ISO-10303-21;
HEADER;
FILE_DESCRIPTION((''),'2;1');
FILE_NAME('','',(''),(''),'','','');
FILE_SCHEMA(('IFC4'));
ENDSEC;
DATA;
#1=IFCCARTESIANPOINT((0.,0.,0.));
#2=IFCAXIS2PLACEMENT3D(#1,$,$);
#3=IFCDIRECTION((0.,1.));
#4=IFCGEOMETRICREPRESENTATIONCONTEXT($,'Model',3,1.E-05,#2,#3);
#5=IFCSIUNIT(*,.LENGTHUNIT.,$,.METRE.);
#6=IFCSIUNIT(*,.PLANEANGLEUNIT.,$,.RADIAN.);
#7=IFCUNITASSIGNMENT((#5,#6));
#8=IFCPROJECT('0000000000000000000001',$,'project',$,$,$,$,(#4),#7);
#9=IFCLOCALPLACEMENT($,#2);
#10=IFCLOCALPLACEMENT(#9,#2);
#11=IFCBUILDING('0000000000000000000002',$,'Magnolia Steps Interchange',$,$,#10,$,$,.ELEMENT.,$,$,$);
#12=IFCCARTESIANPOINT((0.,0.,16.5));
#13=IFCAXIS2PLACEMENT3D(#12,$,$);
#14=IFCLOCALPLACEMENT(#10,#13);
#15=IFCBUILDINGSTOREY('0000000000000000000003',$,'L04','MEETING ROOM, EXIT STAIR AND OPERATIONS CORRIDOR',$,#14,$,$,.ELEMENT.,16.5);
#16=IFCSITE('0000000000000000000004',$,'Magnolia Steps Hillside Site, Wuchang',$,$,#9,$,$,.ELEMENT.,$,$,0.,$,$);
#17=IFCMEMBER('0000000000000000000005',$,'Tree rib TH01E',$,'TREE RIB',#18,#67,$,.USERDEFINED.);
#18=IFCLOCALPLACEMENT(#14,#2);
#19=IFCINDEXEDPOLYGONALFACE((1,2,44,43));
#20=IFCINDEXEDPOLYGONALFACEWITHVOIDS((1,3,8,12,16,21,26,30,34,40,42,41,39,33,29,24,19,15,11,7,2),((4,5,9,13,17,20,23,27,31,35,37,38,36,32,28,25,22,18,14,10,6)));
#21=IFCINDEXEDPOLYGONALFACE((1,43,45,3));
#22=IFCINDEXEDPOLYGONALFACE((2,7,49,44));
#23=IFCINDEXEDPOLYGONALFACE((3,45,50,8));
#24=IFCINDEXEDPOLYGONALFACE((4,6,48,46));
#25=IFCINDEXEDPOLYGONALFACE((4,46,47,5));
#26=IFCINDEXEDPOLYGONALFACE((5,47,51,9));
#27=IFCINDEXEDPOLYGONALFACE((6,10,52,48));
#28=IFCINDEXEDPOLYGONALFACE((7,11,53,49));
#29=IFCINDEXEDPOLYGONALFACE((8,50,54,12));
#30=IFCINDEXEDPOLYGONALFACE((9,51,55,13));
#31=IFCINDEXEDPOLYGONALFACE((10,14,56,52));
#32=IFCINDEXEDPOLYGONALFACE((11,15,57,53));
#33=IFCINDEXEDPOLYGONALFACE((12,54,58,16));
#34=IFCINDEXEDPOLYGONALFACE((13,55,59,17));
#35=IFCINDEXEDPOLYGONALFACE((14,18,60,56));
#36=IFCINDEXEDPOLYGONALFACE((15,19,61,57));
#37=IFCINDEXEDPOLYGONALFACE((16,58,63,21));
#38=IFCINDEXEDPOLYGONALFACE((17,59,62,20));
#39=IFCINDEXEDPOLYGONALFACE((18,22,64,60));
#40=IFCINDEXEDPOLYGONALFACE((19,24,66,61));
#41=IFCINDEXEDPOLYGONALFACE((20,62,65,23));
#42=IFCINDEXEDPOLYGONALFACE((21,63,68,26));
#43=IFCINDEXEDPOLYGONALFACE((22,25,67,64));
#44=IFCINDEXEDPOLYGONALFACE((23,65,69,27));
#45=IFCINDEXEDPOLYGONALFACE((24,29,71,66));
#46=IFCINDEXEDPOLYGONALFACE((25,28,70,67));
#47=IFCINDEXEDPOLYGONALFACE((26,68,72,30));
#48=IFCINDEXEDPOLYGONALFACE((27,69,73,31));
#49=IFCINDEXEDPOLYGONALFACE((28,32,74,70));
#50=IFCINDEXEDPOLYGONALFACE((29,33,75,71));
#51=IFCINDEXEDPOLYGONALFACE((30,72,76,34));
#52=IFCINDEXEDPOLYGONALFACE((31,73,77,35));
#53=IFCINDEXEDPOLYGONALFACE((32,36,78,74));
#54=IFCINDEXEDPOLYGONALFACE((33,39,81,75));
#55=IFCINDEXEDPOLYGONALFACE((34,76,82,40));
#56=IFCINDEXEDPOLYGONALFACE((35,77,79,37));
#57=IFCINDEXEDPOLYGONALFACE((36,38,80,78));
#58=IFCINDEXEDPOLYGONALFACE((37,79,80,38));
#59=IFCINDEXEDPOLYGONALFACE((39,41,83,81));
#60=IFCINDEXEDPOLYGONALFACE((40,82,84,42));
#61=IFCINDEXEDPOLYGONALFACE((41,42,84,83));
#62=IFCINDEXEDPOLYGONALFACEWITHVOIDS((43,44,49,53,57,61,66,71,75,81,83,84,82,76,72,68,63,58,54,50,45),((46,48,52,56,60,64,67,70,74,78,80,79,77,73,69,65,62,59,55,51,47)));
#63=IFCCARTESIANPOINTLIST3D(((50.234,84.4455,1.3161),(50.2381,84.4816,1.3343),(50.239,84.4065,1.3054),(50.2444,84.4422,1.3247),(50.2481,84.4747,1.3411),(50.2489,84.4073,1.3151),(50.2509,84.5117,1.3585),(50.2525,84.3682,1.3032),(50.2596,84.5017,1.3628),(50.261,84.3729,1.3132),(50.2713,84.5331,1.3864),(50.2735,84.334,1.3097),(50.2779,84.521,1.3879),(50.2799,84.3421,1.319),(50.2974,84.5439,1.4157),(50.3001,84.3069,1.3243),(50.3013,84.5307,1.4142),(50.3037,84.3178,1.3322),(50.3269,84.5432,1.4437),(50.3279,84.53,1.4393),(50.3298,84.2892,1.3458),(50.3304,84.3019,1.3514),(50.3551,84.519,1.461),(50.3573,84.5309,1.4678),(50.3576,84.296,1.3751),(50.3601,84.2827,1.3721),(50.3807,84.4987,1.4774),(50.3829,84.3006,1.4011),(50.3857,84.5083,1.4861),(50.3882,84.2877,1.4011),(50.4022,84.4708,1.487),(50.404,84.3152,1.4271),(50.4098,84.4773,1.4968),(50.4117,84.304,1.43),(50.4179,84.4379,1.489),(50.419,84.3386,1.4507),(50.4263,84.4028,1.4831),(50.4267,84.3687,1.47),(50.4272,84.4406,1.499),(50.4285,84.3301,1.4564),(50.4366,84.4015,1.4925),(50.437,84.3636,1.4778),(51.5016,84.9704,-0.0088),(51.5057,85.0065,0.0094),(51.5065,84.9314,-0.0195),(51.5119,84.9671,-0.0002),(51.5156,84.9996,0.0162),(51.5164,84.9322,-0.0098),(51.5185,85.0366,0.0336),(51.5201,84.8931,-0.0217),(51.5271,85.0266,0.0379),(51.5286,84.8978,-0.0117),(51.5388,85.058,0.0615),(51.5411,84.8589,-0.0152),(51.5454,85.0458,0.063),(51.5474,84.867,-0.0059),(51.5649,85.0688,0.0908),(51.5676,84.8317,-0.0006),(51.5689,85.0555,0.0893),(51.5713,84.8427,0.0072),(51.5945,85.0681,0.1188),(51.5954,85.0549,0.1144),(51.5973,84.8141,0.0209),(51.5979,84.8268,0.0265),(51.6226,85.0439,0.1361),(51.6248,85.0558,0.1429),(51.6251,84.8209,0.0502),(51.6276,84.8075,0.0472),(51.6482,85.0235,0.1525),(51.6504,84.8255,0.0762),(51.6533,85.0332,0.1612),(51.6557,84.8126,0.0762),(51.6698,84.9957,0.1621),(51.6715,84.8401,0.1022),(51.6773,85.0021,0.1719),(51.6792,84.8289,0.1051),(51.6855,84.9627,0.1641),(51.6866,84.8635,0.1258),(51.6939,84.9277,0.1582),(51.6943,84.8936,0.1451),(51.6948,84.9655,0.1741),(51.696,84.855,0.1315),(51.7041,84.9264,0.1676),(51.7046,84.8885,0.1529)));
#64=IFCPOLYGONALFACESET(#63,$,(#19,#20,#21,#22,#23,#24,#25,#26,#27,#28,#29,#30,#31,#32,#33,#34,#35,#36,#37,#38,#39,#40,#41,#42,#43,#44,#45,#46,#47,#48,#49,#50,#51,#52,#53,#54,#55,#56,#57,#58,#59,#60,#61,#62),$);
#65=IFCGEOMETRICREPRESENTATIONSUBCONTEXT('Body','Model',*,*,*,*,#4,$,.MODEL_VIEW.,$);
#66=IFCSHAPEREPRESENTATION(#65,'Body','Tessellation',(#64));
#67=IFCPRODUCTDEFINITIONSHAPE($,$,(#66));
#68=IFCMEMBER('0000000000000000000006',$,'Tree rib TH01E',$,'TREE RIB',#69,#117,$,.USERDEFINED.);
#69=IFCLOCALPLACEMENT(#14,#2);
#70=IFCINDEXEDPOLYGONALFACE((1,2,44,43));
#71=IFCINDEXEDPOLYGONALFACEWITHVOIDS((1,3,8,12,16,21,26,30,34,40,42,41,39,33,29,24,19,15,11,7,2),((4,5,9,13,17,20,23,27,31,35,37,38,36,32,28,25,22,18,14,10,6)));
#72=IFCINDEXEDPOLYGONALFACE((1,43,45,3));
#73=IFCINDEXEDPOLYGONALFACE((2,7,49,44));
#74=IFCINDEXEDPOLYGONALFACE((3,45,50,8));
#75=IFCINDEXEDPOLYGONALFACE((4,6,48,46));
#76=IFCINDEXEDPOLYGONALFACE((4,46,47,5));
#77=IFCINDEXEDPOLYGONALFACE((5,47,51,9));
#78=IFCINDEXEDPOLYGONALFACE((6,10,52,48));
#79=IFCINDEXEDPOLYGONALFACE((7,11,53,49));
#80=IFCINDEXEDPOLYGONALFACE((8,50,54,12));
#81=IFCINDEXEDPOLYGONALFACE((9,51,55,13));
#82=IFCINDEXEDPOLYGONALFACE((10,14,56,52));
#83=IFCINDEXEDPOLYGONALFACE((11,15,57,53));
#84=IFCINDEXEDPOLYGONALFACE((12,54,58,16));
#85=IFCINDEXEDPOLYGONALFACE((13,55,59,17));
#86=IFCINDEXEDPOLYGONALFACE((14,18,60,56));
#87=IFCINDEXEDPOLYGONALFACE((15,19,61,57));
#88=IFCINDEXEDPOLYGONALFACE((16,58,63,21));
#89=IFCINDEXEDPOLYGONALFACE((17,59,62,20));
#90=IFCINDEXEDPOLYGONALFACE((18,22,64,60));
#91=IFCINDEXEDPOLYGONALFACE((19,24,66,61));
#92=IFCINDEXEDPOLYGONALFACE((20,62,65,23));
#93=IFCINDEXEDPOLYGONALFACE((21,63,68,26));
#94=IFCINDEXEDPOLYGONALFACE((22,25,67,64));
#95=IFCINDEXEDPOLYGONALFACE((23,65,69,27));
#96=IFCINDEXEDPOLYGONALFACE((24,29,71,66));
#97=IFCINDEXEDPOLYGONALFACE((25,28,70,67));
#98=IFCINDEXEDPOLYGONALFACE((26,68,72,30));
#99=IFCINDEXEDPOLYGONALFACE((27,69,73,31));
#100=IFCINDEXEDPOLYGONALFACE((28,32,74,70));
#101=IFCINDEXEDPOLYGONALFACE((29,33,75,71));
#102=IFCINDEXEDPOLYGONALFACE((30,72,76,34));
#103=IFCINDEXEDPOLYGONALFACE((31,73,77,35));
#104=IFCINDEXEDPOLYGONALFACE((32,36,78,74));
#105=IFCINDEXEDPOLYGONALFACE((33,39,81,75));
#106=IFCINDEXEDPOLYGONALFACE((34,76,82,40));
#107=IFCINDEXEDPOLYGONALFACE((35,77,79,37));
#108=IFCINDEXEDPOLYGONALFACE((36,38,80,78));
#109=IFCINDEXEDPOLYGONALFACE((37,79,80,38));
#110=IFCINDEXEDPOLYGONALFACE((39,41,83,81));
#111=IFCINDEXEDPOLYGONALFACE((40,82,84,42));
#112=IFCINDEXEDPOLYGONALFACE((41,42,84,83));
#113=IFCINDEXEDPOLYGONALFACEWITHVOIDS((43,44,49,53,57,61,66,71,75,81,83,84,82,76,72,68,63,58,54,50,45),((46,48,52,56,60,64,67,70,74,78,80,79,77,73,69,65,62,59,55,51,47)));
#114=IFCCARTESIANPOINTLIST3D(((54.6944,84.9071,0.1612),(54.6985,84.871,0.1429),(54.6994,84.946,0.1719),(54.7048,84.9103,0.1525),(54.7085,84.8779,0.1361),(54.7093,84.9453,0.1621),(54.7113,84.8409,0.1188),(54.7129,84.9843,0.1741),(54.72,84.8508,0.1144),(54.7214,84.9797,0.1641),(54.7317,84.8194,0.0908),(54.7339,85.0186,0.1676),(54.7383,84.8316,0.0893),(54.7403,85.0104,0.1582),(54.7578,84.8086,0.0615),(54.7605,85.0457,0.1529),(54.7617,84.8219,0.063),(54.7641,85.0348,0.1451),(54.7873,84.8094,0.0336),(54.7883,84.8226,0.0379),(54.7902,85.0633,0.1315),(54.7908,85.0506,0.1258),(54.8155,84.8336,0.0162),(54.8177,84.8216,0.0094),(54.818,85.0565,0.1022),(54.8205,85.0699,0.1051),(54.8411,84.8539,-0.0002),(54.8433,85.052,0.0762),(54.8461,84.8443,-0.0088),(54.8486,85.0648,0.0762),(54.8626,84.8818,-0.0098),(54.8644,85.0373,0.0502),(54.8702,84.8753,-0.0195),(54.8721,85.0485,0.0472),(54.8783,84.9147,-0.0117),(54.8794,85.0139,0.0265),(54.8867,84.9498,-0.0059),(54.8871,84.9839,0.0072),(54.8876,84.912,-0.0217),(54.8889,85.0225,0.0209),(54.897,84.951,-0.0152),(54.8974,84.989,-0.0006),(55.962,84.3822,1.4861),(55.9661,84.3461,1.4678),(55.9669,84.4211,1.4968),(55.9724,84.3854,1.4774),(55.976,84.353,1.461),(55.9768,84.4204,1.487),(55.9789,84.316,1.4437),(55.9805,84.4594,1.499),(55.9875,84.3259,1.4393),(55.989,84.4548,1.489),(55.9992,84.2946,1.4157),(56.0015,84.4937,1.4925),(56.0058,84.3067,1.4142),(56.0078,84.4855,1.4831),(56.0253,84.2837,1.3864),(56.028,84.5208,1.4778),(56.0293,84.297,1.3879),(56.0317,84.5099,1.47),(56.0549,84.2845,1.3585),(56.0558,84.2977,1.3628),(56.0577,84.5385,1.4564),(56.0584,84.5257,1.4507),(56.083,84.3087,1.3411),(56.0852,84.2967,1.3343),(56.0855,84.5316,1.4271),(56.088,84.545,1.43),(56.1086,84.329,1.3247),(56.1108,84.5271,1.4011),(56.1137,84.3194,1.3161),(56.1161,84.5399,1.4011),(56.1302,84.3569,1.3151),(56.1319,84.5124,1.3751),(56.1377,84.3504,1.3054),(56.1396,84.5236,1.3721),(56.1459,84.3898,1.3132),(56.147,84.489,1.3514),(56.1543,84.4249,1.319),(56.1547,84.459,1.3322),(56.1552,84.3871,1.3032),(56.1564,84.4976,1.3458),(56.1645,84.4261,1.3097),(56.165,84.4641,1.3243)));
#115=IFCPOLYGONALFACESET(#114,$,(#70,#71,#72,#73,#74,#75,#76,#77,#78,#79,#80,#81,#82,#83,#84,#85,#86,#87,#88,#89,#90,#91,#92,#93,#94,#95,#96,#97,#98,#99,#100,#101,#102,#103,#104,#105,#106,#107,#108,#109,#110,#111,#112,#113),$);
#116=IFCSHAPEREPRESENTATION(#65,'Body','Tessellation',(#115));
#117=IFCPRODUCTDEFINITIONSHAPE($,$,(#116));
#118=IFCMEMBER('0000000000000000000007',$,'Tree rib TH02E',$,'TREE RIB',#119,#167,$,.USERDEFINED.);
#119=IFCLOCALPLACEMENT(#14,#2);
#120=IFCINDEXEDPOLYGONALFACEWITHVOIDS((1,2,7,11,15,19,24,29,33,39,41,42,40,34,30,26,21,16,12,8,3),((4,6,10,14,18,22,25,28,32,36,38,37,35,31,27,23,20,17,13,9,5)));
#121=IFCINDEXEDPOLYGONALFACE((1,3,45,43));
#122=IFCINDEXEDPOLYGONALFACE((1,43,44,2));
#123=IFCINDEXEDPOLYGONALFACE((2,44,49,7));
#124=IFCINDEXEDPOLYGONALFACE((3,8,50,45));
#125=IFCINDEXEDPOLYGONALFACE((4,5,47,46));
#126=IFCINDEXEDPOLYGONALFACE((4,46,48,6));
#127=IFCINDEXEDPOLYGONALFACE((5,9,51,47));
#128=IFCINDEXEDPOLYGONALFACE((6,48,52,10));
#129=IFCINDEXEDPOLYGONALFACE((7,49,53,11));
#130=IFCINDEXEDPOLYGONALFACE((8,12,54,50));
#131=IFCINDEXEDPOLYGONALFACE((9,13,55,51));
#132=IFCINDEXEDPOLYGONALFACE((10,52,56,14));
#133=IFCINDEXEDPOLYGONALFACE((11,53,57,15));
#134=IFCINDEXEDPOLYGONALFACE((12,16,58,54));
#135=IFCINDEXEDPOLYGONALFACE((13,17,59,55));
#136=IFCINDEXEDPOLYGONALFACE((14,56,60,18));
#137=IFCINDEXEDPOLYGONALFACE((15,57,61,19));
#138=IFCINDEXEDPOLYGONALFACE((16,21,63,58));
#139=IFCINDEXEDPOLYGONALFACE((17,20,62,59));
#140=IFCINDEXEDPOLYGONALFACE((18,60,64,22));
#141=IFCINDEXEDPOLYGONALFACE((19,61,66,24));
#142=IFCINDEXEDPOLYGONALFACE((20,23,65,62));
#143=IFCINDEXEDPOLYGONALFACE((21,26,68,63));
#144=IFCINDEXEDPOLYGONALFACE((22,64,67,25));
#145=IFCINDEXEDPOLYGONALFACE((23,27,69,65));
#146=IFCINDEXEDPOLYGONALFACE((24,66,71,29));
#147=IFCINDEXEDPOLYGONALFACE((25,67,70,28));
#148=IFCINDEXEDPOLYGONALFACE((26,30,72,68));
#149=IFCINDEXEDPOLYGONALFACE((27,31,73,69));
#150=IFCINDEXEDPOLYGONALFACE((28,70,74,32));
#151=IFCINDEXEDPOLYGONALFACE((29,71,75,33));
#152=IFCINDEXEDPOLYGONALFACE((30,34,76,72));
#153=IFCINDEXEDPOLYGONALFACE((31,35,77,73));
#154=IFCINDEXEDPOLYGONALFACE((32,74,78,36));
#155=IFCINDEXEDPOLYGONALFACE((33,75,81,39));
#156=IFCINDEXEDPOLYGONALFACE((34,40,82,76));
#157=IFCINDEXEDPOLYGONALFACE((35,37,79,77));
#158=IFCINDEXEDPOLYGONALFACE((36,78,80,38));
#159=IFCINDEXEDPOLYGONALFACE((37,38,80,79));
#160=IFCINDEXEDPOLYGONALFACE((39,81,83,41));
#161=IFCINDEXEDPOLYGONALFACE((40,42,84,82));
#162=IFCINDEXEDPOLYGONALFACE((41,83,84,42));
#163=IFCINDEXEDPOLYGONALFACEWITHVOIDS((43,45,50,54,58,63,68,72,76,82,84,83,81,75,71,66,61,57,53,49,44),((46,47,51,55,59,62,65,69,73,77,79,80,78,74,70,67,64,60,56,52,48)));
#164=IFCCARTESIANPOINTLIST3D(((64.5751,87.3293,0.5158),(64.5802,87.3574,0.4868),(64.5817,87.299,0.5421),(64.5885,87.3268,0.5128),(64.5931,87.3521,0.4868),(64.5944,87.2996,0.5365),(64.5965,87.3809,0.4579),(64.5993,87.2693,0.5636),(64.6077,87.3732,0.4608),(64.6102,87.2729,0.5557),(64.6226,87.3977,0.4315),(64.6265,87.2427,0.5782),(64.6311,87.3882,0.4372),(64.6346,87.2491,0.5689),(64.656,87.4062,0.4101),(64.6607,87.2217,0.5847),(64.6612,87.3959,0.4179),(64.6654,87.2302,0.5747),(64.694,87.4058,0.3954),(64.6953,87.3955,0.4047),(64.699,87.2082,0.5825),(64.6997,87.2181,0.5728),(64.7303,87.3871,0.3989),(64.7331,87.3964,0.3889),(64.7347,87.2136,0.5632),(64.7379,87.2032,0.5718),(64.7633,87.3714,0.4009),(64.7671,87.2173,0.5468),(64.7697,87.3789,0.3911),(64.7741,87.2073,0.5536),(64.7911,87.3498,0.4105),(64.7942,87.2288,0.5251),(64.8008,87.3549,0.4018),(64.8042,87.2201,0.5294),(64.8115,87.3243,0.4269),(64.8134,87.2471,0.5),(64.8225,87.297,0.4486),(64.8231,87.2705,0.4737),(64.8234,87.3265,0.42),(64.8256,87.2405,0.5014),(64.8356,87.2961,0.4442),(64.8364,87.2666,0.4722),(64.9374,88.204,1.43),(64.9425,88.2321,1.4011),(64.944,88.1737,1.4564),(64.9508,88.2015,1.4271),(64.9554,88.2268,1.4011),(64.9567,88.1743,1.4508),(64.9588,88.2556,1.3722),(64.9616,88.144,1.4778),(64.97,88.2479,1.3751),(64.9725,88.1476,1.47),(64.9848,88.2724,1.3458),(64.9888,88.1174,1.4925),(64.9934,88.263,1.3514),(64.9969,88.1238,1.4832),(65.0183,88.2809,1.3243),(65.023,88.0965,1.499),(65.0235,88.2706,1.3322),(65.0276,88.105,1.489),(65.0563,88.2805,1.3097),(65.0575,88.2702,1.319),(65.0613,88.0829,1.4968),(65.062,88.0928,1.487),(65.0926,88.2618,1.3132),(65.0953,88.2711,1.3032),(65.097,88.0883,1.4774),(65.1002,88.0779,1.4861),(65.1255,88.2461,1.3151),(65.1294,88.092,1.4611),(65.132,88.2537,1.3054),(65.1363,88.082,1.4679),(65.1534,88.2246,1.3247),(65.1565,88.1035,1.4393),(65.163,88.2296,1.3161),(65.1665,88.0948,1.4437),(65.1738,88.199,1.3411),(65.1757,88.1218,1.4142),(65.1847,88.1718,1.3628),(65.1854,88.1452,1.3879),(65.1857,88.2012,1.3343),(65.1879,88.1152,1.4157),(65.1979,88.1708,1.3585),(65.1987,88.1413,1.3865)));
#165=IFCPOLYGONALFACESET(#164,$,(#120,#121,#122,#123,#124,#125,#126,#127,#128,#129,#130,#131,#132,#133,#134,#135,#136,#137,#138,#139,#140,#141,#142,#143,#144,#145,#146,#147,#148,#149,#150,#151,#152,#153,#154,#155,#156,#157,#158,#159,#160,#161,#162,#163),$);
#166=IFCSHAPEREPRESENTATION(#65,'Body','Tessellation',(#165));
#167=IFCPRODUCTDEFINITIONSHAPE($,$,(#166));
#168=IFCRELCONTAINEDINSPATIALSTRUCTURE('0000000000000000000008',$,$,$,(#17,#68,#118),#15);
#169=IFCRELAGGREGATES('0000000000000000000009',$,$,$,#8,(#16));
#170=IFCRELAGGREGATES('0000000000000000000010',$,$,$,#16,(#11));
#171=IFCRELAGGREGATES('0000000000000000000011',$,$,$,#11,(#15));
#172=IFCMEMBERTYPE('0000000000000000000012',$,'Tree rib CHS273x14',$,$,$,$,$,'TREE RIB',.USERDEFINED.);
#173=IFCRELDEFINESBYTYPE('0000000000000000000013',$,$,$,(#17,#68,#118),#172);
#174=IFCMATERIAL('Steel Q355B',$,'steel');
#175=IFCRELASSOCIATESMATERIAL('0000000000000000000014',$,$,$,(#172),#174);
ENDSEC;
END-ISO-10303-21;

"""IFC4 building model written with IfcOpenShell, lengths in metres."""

from ifc_helpers import new_model, si_unit, direction, frame, origin, origin_2d, place, context, subcontext, project, spatial, hollow_circle, extrude, material, material_profile, profile_set, type_object, element, save


model = new_model("IFC4")

# Units and contexts
model_context = context("Model", 3, precision=1e-05, world=origin(), true_north=direction((0.0, 1.0)))
body_context = subcontext(model_context, "Body", "Model", "MODEL_VIEW")
ifc_project = project(units=[si_unit("LENGTHUNIT", "METRE"), si_unit("PLANEANGLEUNIT", "RADIAN")], contexts=[model_context])

# Site, building, storey
site_placement = place(None, origin())
site = spatial("IfcSite", under=ifc_project, at=site_placement, Name="Magnolia Steps Hillside Site, Wuchang", CompositionType="ELEMENT", RefElevation=0.0)
building_placement = place(site_placement, origin())
building = spatial("IfcBuilding", under=site, at=building_placement, Name="Magnolia Steps Interchange", CompositionType="ELEMENT")
storey_placement = place(building_placement, frame((0.0, 0.0, 16.5)))
storey = spatial("IfcBuildingStorey", under=building, at=storey_placement, Name="L04", Description="MEETING ROOM, EXIT STAIR AND OPERATIONS CORRIDOR", CompositionType="ELEMENT", Elevation=16.5)

# Members
ifc_material_1 = material(Name="Steel Q355B", Category="steel")
ifc_material_profile_1 = material_profile(ifc_material_1, hollow_circle(Radius=0.1365, WallThickness=0.0139, at=origin_2d()), Name="CHS273x14")
ifc_profile_set_1 = profile_set([ifc_material_profile_1], Name="Steel Q355B")
member_type_1 = type_object("IfcMemberType", Name="Tree rib CHS273x14", ElementType="TREE RIB", PredefinedType="USERDEFINED", material=ifc_profile_set_1)
for number, where, z_axis, x_axis, name in (
    (1, (51.6035, 84.9387, 0.0762), (-0.664595, -0.275208, 0.694676), (0.382593, -0.923917, 0.0), "Tree rib TH01E"),
    (2, (54.7964, 84.9387, 0.0762), (0.664595, -0.275208, 0.694676), (0.382593, 0.923917, 0.0), "Tree rib TH01E"),
):
    element("IfcMember", number, at=place(storey_placement, frame(where, z_axis=z_axis, x_axis=x_axis)), inside=storey, type_object=member_type_1, Name=name, ObjectType="TREE RIB", PredefinedType="USERDEFINED", context=body_context, shape_type="SweptSolid", body=[
        extrude(hollow_circle(Radius=0.1365, WallThickness=0.0139, at=origin_2d()), origin(), (0.0, 0.0, 1.0), 1.9072),
    ])
for number, where, z_axis, x_axis, name in (
    (3, (64.7063, 87.3052, 0.4868), (0.275263, 0.6646, 0.694649), (-0.923891, 0.382655, 0.0), "Tree rib TH02E"),
):
    element("IfcMember", number, at=place(storey_placement, frame(where, z_axis=z_axis, x_axis=x_axis)), inside=storey, type_object=member_type_1, Name=name, ObjectType="TREE RIB", PredefinedType="USERDEFINED", context=body_context, shape_type="SweptSolid", body=[
        extrude(hollow_circle(Radius=0.1365, WallThickness=0.0139, at=origin_2d()), origin(), (0.0, 0.0, 1.0), 1.3162),
    ])

save(model, "model.ifc")
